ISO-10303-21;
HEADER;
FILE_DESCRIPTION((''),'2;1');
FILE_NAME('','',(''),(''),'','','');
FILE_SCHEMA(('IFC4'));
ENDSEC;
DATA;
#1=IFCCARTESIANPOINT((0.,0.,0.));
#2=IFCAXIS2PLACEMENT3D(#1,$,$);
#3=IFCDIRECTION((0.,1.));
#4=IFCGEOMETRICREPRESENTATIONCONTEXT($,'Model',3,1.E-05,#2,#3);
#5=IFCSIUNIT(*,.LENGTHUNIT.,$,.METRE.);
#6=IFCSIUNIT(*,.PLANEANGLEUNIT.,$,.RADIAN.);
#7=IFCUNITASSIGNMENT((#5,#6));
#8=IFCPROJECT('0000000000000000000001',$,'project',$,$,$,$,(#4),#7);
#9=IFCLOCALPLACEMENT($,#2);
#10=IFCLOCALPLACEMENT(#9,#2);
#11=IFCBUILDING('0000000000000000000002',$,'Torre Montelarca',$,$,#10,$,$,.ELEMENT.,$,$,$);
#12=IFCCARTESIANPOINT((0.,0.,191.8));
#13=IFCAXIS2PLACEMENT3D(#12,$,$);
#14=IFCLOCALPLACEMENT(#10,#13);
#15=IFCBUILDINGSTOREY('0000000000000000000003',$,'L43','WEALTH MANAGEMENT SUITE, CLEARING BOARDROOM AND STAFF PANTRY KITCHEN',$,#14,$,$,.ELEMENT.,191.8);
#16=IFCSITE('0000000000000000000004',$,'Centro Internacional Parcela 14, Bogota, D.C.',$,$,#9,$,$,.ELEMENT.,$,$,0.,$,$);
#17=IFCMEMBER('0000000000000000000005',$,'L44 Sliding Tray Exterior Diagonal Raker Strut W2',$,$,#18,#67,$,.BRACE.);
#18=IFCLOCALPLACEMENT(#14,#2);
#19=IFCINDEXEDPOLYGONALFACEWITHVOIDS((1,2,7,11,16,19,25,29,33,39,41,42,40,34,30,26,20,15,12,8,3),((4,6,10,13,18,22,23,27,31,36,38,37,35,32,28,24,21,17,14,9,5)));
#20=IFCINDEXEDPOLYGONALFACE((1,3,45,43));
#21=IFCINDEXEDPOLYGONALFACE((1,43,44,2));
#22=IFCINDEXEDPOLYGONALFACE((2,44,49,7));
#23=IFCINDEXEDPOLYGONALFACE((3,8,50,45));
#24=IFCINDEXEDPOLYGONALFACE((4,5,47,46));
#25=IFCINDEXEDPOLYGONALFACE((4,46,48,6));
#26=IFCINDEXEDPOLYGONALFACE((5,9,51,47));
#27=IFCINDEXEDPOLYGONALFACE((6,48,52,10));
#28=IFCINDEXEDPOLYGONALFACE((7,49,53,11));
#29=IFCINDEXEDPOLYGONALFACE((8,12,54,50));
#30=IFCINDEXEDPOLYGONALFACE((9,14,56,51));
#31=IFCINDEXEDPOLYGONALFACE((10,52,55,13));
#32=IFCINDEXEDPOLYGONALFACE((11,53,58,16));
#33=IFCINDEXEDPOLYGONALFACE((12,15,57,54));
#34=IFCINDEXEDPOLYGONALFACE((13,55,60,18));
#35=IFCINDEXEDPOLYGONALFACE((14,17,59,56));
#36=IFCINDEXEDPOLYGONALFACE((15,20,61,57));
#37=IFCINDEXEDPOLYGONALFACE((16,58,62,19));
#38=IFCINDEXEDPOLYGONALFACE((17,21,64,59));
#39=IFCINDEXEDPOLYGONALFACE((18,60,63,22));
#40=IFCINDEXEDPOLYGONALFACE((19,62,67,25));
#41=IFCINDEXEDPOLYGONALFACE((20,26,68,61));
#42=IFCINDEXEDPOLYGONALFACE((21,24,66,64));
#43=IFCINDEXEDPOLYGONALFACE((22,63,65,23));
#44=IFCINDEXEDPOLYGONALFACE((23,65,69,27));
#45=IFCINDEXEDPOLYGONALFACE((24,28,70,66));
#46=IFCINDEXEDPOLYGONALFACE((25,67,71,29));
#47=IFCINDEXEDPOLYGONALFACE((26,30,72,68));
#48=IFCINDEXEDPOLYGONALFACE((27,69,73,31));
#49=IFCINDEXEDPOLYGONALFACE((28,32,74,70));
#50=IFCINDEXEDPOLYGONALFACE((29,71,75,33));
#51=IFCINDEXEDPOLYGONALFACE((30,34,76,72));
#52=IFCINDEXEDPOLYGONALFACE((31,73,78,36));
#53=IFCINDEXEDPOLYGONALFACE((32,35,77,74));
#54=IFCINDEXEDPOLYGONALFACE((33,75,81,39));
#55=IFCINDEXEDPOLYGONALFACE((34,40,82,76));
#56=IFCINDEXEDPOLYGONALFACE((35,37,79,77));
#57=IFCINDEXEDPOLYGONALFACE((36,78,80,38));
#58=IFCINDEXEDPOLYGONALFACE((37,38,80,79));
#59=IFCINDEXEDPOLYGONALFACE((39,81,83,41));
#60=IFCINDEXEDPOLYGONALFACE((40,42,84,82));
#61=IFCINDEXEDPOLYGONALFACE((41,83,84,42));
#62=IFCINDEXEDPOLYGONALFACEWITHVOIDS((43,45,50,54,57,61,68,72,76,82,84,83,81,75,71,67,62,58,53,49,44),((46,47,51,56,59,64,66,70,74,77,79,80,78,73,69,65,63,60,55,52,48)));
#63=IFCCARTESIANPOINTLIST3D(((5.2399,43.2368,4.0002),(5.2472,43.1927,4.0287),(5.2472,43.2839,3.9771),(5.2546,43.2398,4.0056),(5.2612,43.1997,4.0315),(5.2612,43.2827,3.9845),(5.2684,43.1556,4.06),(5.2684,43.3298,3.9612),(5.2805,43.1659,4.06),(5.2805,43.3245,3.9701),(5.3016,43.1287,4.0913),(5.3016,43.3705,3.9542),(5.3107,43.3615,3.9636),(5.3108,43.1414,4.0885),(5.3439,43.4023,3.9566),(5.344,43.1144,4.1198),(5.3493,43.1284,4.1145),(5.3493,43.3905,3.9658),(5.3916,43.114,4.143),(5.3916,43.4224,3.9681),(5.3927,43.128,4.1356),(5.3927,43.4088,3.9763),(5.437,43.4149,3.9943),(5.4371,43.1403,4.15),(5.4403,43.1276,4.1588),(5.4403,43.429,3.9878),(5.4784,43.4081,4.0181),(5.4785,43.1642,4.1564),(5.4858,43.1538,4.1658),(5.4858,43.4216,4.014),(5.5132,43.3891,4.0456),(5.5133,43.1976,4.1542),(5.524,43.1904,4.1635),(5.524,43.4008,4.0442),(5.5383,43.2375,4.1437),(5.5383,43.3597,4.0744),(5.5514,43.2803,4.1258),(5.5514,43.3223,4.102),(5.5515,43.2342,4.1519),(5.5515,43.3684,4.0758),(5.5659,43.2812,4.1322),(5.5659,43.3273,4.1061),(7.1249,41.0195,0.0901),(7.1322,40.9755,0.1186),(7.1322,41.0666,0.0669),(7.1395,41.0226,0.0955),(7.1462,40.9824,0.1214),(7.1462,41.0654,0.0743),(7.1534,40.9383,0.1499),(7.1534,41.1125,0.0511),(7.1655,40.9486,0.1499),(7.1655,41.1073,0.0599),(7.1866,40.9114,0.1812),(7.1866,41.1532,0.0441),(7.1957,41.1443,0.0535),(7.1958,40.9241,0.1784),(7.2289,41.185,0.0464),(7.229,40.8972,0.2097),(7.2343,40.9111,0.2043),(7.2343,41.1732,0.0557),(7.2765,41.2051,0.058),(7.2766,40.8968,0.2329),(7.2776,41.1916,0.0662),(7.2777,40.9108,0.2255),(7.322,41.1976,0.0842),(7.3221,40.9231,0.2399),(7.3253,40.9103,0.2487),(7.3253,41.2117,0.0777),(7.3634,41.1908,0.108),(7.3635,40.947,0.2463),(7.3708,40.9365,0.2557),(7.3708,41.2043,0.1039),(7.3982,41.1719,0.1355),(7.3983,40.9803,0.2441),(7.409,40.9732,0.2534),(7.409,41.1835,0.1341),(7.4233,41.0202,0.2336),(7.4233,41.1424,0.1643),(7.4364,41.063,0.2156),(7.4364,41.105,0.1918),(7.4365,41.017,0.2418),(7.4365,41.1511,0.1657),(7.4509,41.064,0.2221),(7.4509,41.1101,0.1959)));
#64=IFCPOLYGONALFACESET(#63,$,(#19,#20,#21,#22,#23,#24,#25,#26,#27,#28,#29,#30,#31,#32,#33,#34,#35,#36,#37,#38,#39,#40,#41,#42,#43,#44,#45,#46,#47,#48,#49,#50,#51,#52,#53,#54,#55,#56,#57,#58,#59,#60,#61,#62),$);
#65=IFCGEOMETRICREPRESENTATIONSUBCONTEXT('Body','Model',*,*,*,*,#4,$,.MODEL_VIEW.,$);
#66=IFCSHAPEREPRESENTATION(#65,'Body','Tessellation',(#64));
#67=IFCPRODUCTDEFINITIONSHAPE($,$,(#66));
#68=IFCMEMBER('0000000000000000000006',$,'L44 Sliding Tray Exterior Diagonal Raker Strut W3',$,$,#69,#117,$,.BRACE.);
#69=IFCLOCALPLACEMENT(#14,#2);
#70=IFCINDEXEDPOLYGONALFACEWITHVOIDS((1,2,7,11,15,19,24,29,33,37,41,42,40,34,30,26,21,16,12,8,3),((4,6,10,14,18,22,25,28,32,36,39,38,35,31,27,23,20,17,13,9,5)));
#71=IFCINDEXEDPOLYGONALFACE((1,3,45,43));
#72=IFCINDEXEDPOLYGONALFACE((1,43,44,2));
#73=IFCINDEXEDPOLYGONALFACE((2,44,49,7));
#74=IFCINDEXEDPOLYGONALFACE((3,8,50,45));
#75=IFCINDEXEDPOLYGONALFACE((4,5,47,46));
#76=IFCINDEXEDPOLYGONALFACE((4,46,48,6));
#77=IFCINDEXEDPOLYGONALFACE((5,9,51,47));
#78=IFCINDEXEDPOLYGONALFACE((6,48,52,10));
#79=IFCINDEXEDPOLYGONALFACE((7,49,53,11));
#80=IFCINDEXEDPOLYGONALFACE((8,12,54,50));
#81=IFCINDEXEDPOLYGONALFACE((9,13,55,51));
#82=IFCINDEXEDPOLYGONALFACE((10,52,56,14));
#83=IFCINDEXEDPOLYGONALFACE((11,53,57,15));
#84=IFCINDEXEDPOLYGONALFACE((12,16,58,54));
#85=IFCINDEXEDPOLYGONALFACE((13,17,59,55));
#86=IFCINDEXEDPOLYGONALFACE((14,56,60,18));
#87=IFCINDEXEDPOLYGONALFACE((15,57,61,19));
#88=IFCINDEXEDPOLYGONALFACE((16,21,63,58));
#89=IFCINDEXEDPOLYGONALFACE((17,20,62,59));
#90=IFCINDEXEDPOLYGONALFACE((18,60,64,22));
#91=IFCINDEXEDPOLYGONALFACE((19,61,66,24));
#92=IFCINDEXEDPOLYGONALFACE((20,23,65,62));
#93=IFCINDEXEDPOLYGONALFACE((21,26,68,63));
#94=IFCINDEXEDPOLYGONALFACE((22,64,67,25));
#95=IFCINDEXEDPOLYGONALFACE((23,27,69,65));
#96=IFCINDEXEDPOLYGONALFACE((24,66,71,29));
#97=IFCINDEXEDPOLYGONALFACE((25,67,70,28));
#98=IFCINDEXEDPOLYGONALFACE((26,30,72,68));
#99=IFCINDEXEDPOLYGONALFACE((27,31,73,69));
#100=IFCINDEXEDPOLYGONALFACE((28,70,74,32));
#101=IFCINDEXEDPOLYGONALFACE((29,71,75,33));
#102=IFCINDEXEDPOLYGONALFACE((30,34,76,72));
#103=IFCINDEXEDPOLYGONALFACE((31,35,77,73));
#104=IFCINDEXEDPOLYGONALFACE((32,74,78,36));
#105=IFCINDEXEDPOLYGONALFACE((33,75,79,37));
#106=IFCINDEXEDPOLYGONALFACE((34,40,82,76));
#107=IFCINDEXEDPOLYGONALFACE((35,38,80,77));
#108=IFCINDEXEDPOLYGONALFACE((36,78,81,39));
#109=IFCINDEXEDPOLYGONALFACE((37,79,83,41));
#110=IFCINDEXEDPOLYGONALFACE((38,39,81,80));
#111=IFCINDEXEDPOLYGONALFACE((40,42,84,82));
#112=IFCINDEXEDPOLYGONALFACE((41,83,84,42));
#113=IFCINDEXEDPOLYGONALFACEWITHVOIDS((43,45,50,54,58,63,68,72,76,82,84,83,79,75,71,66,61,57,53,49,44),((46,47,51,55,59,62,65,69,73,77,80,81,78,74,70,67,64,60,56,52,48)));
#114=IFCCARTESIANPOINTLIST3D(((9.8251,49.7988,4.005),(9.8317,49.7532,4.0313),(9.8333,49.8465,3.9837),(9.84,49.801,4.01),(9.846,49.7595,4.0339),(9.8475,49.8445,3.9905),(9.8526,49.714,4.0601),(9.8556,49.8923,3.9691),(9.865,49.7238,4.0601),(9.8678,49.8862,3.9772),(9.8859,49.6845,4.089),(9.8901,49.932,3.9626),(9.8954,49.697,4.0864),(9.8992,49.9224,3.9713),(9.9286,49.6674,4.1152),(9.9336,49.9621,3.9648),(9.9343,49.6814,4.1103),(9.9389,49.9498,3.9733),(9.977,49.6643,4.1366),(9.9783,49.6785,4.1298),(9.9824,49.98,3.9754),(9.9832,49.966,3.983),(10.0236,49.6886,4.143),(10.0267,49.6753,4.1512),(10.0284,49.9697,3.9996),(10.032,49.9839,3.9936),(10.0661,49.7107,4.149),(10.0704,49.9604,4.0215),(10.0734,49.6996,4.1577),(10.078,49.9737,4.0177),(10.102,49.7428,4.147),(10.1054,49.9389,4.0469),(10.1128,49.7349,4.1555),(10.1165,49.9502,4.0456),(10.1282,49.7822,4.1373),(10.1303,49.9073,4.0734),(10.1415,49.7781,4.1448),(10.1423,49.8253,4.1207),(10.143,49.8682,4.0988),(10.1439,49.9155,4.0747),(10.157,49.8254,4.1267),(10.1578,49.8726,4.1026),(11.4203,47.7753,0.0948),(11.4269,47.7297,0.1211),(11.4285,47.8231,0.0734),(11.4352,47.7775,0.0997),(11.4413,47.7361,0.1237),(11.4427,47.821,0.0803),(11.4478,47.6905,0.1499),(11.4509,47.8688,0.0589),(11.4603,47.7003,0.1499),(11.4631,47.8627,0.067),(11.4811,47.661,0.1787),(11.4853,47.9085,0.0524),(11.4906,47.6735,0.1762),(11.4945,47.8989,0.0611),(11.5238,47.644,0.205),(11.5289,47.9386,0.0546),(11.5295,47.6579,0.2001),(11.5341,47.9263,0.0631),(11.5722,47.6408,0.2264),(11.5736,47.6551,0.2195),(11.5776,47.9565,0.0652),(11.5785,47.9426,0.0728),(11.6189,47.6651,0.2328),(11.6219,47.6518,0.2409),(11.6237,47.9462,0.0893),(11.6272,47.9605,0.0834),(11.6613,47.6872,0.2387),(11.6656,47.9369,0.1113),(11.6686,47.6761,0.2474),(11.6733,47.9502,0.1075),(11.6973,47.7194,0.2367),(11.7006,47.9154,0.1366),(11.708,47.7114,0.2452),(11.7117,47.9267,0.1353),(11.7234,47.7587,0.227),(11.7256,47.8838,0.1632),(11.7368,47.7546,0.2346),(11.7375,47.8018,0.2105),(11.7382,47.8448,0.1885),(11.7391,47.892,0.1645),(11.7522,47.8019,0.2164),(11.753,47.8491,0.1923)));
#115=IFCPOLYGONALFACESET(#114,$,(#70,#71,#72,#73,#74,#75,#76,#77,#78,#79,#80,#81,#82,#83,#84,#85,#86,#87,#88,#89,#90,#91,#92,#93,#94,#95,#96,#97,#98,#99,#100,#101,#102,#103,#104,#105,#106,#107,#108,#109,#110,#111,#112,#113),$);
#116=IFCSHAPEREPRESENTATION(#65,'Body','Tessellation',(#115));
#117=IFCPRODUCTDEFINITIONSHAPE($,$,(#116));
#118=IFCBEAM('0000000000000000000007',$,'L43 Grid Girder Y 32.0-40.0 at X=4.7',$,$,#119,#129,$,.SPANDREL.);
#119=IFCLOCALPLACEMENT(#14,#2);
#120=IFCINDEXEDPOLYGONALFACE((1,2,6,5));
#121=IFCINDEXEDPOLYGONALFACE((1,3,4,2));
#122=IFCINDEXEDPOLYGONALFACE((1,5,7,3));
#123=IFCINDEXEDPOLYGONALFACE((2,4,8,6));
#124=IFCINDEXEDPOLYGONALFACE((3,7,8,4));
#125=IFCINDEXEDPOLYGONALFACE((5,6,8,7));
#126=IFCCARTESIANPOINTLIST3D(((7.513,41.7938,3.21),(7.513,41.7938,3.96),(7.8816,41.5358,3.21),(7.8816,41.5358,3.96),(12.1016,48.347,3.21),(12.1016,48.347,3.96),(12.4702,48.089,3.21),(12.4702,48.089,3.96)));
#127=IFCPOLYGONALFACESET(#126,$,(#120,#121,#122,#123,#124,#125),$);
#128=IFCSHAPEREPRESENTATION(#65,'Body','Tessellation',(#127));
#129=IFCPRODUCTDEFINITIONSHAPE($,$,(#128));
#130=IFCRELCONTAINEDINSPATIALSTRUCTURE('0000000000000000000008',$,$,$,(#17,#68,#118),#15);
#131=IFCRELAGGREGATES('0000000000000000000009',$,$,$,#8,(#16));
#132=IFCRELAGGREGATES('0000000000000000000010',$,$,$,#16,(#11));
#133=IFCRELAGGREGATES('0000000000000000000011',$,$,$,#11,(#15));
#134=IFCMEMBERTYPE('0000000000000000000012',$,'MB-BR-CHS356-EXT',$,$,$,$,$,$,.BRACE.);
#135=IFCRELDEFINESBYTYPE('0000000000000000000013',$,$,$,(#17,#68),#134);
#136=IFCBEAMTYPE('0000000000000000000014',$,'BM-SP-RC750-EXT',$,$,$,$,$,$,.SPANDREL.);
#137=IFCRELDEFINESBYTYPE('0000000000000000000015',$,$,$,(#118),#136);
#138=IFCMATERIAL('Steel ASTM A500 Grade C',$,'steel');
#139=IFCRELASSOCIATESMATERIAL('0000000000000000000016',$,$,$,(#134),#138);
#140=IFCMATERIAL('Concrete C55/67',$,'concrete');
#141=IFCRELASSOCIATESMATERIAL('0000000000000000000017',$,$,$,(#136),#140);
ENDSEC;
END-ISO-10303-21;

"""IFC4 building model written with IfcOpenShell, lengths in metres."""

from ifc_helpers import new_model, si_unit, direction, frame, origin, origin_2d, place, context, subcontext, project, spatial, rectangle, hollow_circle, extrude, source, transform, mapped, material, material_profile, profile_set, type_object, element, save


model = new_model("IFC4")

# Units and contexts
model_context = context("Model", 3, precision=1e-05, world=origin(), true_north=direction((0.0, 1.0)))
body_context = subcontext(model_context, "Body", "Model", "MODEL_VIEW")
ifc_project = project(units=[si_unit("LENGTHUNIT", "METRE"), si_unit("PLANEANGLEUNIT", "RADIAN")], contexts=[model_context])

# Site, building, storey
site_placement = place(None, origin())
site = spatial("IfcSite", under=ifc_project, at=site_placement, Name="Centro Internacional Parcela 14, Bogota, D.C.", CompositionType="ELEMENT", RefElevation=0.0)
building_placement = place(site_placement, origin())
building = spatial("IfcBuilding", under=site, at=building_placement, Name="Torre Montelarca", CompositionType="ELEMENT")
storey_placement = place(building_placement, frame((0.0, 0.0, 191.8)))
storey = spatial("IfcBuildingStorey", under=building, at=storey_placement, Name="L43", Description="WEALTH MANAGEMENT SUITE, CLEARING BOARDROOM AND STAFF PANTRY KITCHEN", CompositionType="ELEMENT", Elevation=191.8)

# Shared definitions
ifc_material_1 = material(Name="Concrete C55/67", Category="concrete")

# Members
ifc_material_2 = material(Name="Steel ASTM A500 Grade C", Category="steel")
ifc_material_profile_1 = material_profile(ifc_material_2, hollow_circle(Radius=0.1777, WallThickness=0.0159, at=origin_2d()), Name="HSS355.6X15.9", Category="steel")
ifc_profile_set_1 = profile_set([ifc_material_profile_1], Name="Steel ASTM A500 Grade C")
member_type_1 = type_object("IfcMemberType", Name="MB-BR-CHS356-EXT", PredefinedType="BRACE", material=ifc_profile_set_1)
shared_shape_1 = source(origin(), body_context, "Body", "SweptSolid", [
    extrude(hollow_circle(Radius=0.1777, WallThickness=0.0159, at=origin_2d()), origin(), (0.0, 0.0, 1.0), 4.8743),
])
member_1_placement = place(storey_placement, frame((7.2888, 41.0535, 0.1499), z_axis=(-0.386723, 0.454892, 0.802196), x_axis=(-0.761885, -0.647712, 0.0)))
element("IfcMember", 1, at=member_1_placement, inside=storey, type_object=member_type_1, Name="L44 Sliding Tray Exterior Diagonal Raker Strut W2", PredefinedType="BRACE", context=body_context, shape_type="MappedRepresentation", body=[
    mapped(shared_shape_1, transform((0.0, 0.0, 0.0), scale=1.0)),
])
shared_shape_2 = source(origin(), body_context, "Body", "SweptSolid", [
    extrude(hollow_circle(Radius=0.1777, WallThickness=0.0159, at=origin_2d()), origin(), (0.0, 0.0, 1.0), 4.6829),
])
member_2_placement = place(storey_placement, frame((11.5874, 47.8005, 0.1499), z_axis=(-0.340656, 0.432103, 0.835009), x_axis=(-0.785305, -0.61911, 0.0)))
element("IfcMember", 2, at=member_2_placement, inside=storey, type_object=member_type_1, Name="L44 Sliding Tray Exterior Diagonal Raker Strut W3", PredefinedType="BRACE", context=body_context, shape_type="MappedRepresentation", body=[
    mapped(shared_shape_2, transform((0.0, 0.0, 0.0), scale=1.0)),
])

# Beam
ifc_material_profile_2 = material_profile(ifc_material_1, rectangle(XDim=0.45, YDim=0.75, at=origin_2d()), Name="RCB450X750", Category="concrete")
ifc_profile_set_2 = profile_set([ifc_material_profile_2], Name="Concrete C55/67")
beam_type = type_object("IfcBeamType", Name="BM-SP-RC750-EXT", PredefinedType="SPANDREL", material=ifc_profile_set_2)
shared_shape_3 = source(origin(), body_context, "Body", "SweptSolid", [
    extrude(rectangle(XDim=0.45, YDim=0.75, at=origin_2d()), origin(), (0.0, 0.0, 1.0), 8.0),
])
beam_placement = place(storey_placement, frame((7.6973, 41.6648, 3.585), z_axis=(0.573577, 0.819152, 0.0), x_axis=(-0.819152, 0.573577, 0.0)))
element("IfcBeam", 3, at=beam_placement, inside=storey, type_object=beam_type, Name="L43 Grid Girder Y 32.0-40.0 at X=4.7", PredefinedType="SPANDREL", context=body_context, shape_type="MappedRepresentation", body=[
    mapped(shared_shape_3, transform((0.0, 0.0, 0.0), scale=1.0)),
])

save(model, "model.ifc")
